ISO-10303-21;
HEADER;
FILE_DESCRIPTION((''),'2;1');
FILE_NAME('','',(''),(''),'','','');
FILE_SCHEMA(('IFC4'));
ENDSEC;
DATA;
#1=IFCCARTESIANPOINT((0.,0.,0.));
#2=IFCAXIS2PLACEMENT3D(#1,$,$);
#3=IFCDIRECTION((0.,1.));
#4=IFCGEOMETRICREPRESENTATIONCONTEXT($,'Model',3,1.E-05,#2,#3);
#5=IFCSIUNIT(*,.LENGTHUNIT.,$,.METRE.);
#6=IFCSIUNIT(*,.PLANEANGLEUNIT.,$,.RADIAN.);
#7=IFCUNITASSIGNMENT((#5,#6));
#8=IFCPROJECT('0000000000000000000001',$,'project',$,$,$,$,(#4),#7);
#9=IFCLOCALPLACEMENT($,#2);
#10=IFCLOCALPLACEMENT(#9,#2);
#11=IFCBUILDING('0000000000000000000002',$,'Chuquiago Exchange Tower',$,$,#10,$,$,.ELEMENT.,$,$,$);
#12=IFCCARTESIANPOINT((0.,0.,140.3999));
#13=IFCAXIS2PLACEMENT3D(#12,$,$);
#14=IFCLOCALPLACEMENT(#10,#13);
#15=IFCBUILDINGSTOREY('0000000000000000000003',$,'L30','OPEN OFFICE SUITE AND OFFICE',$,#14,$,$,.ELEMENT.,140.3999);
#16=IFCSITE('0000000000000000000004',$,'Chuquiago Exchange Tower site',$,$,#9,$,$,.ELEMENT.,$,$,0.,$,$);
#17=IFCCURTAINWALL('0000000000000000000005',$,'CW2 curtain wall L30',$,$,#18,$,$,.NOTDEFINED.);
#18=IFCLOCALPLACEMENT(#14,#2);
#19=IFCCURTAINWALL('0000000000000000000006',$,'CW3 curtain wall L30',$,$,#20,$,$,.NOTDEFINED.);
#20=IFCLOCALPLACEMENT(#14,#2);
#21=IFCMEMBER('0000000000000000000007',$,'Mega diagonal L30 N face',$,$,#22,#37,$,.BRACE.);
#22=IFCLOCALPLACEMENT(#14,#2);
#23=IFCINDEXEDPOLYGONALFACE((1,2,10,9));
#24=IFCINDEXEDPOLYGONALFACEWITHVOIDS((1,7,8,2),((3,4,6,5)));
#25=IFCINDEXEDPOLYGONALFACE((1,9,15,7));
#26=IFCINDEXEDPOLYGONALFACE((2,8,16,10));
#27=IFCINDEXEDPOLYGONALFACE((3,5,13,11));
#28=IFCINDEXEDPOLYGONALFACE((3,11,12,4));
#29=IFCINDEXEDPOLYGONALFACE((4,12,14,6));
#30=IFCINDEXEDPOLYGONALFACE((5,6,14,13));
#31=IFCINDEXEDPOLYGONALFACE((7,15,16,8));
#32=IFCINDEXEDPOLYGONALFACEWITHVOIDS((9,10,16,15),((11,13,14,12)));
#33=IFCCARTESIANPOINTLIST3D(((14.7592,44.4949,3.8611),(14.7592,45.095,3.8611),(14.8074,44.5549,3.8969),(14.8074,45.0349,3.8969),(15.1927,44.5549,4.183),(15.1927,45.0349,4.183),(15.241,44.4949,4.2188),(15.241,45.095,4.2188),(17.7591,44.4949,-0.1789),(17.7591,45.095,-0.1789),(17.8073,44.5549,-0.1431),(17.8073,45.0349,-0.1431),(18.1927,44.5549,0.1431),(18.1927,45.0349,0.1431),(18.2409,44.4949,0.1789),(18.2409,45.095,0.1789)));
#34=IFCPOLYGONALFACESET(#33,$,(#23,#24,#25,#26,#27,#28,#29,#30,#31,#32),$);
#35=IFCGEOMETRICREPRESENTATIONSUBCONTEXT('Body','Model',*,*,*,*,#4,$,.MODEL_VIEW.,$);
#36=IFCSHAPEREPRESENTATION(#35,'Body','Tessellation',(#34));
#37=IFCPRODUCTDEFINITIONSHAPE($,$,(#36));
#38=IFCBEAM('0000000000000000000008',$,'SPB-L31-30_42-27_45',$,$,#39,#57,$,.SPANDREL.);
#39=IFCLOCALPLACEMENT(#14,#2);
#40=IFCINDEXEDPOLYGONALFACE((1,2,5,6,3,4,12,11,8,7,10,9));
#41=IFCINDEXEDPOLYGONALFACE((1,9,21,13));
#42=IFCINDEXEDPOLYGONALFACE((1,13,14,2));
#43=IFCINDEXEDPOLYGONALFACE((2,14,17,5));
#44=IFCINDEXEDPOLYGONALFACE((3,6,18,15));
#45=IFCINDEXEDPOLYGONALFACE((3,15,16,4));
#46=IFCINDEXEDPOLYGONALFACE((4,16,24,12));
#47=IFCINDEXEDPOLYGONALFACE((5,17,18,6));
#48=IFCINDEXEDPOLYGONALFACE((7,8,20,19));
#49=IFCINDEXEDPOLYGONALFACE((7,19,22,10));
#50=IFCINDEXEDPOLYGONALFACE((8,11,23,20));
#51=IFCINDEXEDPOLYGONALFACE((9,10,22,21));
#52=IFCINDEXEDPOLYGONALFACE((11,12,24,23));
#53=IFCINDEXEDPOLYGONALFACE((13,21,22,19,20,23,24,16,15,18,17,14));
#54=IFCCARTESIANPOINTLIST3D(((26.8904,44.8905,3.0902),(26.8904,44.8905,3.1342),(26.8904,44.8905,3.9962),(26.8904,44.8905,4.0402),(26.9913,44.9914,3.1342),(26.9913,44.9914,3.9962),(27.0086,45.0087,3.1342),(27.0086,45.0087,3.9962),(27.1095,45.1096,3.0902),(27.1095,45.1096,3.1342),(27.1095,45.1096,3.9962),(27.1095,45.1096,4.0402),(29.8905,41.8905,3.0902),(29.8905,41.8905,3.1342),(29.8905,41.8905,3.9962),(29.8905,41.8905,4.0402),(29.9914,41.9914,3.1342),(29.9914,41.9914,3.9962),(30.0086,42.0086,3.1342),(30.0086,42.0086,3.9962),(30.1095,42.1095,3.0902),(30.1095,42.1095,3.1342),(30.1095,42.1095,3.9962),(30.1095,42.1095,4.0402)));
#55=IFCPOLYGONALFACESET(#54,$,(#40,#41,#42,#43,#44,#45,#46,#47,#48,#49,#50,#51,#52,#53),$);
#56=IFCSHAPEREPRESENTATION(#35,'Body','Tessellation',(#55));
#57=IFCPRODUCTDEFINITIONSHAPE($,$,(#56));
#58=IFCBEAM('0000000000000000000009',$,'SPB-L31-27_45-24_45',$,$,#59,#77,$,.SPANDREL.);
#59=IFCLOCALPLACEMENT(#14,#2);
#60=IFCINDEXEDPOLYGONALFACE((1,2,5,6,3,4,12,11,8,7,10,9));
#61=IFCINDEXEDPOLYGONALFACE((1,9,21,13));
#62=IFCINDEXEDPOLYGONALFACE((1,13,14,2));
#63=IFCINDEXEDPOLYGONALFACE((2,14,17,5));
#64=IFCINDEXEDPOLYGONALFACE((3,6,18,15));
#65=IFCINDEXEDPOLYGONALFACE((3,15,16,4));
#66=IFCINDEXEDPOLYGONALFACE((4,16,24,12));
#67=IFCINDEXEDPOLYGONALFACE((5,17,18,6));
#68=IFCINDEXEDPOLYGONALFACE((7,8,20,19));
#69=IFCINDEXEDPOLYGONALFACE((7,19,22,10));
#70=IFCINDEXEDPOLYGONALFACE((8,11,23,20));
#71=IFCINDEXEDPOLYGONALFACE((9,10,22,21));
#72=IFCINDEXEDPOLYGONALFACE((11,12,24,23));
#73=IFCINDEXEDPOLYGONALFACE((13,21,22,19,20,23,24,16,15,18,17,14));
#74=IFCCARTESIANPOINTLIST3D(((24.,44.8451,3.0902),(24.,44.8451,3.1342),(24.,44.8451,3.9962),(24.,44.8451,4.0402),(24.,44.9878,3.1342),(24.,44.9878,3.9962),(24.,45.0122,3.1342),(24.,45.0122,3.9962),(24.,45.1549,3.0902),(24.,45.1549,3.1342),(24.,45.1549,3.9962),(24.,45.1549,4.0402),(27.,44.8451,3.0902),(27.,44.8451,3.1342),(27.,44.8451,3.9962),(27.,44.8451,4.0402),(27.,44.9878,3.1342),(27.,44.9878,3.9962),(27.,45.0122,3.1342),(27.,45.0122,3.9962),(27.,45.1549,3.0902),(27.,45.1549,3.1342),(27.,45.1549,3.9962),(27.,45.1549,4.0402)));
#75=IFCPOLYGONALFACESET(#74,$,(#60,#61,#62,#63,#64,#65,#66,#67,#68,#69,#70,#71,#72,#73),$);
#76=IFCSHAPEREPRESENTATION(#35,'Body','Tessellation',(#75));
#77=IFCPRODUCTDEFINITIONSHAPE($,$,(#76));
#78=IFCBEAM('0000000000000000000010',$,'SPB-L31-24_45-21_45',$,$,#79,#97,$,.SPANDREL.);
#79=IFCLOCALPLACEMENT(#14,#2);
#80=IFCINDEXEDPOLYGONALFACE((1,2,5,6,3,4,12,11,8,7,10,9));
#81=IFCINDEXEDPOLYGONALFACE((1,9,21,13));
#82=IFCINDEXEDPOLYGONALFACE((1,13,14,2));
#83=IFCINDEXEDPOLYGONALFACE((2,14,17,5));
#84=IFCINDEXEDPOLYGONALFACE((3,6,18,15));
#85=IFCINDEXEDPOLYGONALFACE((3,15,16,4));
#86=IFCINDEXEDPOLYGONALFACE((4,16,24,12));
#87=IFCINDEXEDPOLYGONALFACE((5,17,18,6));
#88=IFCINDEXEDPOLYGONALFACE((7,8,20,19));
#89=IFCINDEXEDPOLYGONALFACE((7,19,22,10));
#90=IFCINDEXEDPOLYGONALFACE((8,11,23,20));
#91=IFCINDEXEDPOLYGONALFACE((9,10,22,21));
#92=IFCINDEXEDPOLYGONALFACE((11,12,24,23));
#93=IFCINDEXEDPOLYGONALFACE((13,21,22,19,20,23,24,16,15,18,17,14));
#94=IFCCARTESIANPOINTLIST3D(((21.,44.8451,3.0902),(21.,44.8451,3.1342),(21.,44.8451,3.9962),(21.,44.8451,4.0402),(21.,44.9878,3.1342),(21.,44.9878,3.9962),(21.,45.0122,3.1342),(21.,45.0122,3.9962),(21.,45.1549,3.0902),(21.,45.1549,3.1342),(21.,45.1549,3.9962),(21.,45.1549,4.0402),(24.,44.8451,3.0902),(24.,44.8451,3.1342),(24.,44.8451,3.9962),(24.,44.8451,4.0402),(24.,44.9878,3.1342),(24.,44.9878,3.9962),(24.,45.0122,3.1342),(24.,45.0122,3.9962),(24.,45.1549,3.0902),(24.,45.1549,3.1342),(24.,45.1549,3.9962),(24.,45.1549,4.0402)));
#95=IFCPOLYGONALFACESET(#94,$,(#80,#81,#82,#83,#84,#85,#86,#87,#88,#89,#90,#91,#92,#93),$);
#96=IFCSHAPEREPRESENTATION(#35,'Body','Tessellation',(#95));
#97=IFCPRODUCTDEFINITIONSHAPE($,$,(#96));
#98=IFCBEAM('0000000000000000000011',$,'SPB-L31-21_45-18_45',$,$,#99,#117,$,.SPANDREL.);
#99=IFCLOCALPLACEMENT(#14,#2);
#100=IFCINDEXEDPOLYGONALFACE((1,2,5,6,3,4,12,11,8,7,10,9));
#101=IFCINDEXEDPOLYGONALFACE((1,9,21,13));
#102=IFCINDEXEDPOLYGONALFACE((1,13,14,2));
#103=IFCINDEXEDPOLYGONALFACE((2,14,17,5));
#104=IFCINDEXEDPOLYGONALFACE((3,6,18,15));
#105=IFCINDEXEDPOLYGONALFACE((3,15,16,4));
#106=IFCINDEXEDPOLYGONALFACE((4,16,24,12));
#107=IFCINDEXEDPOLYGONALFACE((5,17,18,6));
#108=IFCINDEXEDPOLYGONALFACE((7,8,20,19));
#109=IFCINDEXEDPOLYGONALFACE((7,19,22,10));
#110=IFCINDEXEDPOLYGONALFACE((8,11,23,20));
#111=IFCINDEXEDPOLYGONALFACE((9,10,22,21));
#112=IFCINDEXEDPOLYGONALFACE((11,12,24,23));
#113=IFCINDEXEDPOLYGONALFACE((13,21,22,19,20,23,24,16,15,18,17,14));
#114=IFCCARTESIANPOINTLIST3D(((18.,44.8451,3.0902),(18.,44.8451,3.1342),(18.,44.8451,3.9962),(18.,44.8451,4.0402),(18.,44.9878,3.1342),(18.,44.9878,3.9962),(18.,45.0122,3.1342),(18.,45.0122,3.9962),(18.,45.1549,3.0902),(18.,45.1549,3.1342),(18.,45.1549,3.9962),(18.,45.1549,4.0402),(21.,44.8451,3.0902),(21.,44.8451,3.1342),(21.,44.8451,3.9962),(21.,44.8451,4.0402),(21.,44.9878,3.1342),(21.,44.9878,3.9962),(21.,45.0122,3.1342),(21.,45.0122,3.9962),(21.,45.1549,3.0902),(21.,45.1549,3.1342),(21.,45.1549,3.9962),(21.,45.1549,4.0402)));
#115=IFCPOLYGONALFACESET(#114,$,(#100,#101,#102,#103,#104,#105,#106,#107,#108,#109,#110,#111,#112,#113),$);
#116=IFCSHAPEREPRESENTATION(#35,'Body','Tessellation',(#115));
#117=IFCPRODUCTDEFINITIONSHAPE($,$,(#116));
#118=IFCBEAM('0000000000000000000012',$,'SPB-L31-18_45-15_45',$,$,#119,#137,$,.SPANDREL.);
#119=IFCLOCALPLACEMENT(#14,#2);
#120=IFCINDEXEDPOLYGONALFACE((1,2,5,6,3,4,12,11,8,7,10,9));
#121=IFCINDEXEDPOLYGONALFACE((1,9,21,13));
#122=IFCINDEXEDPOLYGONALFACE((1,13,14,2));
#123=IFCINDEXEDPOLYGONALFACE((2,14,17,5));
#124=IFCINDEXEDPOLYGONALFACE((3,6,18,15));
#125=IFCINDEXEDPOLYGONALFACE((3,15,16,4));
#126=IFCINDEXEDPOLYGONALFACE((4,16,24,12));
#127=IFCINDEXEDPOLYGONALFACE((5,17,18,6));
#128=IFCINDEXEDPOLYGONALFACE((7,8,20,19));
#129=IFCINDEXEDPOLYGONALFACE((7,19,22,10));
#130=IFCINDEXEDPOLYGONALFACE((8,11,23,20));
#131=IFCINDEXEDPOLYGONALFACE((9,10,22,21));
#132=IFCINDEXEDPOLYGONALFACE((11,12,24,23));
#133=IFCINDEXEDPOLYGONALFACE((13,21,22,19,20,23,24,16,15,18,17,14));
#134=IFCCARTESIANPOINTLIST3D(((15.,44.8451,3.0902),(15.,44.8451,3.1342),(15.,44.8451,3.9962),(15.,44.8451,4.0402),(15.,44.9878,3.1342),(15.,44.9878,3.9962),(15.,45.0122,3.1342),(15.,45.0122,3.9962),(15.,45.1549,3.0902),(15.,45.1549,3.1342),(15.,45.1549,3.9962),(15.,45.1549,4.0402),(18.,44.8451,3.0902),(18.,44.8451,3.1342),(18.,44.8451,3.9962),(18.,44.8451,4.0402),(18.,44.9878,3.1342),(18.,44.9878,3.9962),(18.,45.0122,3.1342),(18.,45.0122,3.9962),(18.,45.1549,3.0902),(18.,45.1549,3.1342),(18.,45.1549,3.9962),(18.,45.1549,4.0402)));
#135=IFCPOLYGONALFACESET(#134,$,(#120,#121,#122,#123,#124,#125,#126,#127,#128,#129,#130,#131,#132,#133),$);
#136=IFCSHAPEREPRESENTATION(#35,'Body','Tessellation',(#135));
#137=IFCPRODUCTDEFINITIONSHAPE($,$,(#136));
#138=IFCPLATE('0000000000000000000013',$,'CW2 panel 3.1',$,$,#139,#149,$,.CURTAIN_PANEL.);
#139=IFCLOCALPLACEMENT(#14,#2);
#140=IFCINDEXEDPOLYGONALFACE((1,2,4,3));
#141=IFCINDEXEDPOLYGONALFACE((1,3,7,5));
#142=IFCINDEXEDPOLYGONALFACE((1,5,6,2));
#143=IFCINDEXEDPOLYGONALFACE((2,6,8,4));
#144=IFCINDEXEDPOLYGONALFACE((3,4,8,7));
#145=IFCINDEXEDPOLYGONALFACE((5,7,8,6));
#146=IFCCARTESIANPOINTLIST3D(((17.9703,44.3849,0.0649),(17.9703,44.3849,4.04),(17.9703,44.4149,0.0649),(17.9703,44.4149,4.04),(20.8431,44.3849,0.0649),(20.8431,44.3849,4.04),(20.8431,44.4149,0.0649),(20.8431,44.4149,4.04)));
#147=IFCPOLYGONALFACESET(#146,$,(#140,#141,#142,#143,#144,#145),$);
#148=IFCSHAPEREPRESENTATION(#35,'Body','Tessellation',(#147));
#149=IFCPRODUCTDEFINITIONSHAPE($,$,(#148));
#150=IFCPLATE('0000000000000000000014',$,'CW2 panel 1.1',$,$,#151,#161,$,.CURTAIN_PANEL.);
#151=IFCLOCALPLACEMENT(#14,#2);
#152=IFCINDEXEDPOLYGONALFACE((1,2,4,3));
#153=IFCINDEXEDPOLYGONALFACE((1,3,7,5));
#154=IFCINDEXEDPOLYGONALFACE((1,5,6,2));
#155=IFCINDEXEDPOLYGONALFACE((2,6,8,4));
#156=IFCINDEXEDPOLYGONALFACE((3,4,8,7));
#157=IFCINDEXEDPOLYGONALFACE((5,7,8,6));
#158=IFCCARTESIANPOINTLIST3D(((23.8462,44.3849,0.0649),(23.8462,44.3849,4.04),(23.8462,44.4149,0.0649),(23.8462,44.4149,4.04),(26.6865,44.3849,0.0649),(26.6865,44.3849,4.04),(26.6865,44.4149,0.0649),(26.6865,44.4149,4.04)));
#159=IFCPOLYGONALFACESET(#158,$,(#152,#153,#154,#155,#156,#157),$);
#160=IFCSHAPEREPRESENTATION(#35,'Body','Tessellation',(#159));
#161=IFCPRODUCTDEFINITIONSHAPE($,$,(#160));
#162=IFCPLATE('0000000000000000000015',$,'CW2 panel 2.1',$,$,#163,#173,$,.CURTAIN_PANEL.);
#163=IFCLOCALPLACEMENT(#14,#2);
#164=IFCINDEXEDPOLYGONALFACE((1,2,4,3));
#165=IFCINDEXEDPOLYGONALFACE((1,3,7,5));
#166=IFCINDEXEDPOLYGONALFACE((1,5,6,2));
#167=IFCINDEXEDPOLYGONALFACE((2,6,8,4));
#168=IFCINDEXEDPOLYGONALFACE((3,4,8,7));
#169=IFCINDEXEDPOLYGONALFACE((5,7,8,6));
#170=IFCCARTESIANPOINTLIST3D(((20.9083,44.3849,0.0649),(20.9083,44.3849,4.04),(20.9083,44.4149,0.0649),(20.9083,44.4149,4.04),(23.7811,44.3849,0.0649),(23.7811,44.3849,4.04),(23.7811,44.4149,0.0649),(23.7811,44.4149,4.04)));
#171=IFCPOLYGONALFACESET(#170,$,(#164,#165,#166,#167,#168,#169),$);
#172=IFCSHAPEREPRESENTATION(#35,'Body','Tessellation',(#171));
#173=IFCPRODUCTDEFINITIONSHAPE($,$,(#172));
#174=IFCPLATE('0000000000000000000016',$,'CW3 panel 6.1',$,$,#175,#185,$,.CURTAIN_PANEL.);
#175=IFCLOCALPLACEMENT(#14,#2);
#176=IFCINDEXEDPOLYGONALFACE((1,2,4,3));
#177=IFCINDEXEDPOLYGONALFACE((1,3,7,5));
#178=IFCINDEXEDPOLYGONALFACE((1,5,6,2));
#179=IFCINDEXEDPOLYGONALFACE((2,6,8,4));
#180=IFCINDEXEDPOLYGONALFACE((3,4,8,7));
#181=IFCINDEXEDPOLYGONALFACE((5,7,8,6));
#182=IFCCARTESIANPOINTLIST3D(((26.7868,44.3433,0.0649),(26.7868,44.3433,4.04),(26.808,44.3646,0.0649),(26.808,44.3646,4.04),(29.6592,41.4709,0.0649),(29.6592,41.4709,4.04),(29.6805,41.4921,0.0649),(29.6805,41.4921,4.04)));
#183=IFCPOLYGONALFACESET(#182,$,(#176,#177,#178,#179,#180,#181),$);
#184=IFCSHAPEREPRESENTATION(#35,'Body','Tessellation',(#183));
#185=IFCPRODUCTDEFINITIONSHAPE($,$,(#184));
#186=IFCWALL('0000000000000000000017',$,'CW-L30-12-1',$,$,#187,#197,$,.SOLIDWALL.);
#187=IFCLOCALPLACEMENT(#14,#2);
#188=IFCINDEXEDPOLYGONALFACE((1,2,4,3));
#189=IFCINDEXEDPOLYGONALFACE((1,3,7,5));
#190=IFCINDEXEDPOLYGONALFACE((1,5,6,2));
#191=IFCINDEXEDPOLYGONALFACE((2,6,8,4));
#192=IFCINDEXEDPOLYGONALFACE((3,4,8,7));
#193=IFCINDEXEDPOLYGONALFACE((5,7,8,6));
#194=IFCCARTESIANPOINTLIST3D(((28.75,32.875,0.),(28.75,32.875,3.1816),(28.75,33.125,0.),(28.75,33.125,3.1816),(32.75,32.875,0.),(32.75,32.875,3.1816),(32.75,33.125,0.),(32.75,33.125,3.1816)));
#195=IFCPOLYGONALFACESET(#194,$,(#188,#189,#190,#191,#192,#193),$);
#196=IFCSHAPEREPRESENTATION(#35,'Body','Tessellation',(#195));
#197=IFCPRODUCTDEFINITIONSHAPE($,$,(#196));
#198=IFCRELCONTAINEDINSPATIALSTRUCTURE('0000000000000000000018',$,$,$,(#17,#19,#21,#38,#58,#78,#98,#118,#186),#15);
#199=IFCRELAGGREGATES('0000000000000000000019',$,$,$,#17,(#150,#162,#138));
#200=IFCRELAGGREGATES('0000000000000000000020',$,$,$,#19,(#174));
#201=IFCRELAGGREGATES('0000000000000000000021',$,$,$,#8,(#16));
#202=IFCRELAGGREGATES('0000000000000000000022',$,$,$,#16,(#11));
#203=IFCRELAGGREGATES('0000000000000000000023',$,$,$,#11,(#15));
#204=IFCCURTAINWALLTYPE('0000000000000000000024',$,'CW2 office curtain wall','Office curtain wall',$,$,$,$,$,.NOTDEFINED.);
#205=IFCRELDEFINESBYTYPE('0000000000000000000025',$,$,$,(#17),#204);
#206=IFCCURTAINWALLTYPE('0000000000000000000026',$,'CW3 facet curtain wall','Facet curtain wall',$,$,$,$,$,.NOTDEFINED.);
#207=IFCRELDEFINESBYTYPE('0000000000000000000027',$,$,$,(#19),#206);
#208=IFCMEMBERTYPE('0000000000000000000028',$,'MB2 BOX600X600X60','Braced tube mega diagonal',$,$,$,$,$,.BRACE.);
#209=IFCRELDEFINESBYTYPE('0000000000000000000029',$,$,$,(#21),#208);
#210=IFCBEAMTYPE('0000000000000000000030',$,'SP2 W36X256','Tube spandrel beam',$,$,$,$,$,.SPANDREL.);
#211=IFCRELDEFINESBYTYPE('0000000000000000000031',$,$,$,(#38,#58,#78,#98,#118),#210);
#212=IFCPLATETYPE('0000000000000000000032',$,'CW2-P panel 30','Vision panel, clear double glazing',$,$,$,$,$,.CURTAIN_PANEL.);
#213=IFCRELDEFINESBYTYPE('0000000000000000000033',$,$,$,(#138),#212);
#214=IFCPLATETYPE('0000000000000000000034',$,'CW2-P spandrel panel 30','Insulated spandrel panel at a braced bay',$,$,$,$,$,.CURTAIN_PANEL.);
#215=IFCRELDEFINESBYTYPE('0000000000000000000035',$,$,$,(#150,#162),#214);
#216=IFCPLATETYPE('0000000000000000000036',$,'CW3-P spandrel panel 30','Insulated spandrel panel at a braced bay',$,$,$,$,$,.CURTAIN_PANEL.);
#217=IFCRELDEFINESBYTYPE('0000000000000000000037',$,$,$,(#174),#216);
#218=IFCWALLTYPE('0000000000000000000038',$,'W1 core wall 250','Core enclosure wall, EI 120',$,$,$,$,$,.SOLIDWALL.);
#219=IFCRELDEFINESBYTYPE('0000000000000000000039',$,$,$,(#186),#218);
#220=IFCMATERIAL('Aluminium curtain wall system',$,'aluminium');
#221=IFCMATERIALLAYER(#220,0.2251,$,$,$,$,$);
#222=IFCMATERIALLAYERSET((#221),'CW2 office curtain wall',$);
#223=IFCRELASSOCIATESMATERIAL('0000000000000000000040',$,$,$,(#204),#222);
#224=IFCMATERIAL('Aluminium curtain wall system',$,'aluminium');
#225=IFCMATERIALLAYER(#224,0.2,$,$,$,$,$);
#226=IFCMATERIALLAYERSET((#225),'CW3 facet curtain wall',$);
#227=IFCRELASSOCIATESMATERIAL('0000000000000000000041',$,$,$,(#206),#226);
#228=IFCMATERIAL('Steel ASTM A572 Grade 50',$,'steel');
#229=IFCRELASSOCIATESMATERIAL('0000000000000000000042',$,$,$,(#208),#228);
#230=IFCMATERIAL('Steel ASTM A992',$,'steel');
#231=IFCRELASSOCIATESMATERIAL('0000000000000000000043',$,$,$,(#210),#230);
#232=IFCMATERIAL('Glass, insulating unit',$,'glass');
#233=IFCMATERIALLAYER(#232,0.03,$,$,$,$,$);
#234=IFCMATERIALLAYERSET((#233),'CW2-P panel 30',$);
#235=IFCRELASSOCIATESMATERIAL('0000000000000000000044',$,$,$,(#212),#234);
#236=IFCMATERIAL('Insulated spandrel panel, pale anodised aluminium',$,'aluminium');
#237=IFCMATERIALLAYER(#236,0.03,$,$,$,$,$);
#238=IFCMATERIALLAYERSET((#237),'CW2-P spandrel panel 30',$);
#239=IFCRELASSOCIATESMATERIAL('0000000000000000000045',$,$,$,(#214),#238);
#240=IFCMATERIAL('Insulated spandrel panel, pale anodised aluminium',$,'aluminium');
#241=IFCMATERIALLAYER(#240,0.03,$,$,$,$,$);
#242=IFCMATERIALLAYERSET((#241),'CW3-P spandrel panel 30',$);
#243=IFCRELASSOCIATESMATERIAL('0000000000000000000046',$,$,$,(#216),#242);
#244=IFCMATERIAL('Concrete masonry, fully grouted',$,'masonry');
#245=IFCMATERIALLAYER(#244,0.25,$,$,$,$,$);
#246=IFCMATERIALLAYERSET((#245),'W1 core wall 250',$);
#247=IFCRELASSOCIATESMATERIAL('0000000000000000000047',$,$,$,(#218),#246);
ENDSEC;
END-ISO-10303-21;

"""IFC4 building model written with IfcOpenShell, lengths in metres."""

from ifc_helpers import new_model, si_unit, direction, frame, frame_2d, origin, origin_2d, place, context, subcontext, project, spatial, rectangle, hollow_rectangle, i_section, extrude, material, layer, layer_set, material_profile, profile_set, type_object, element, aggregate, save


model = new_model("IFC4")

# Units and contexts
model_context = context("Model", 3, precision=1e-05, world=origin(), true_north=direction((0.0, 1.0)))
body_context = subcontext(model_context, "Body", "Model", "MODEL_VIEW")
ifc_project = project(units=[si_unit("LENGTHUNIT", "METRE"), si_unit("PLANEANGLEUNIT", "RADIAN")], contexts=[model_context])

# Site, building, storey
site_placement = place(None, origin())
site = spatial("IfcSite", under=ifc_project, at=site_placement, Name="Chuquiago Exchange Tower site", CompositionType="ELEMENT", RefElevation=0.0)
building_placement = place(site_placement, origin())
building = spatial("IfcBuilding", under=site, at=building_placement, Name="Chuquiago Exchange Tower", CompositionType="ELEMENT")
storey_placement = place(building_placement, frame((0.0, 0.0, 140.3999)))
storey = spatial("IfcBuildingStorey", under=building, at=storey_placement, Name="L30", Description="OPEN OFFICE SUITE AND OFFICE", CompositionType="ELEMENT", Elevation=140.3999)

# Curtain walls
ifc_material_1 = material(Name="Aluminium curtain wall system", Category="aluminium")
ifc_layer_1 = layer(ifc_material_1, 0.2251)
ifc_layer_set_1 = layer_set([ifc_layer_1], Name="CW2 office curtain wall")
curtain_wall_type_1 = type_object("IfcCurtainWallType", Name="CW2 office curtain wall", Description="Office curtain wall", PredefinedType="NOTDEFINED", material=ifc_layer_set_1)
curtain_wall_1_placement = place(storey_placement, origin())
curtain_wall_1 = element("IfcCurtainWall", 1, at=curtain_wall_1_placement, inside=storey, type_object=curtain_wall_type_1, Name="CW2 curtain wall L30", PredefinedType="NOTDEFINED")
ifc_material_2 = material(Name="Aluminium curtain wall system", Category="aluminium")
ifc_layer_2 = layer(ifc_material_2, 0.2)
ifc_layer_set_2 = layer_set([ifc_layer_2], Name="CW3 facet curtain wall")
curtain_wall_type_2 = type_object("IfcCurtainWallType", Name="CW3 facet curtain wall", Description="Facet curtain wall", PredefinedType="NOTDEFINED", material=ifc_layer_set_2)
curtain_wall_2_placement = place(storey_placement, origin())
curtain_wall_2 = element("IfcCurtainWall", 2, at=curtain_wall_2_placement, inside=storey, type_object=curtain_wall_type_2, Name="CW3 curtain wall L30", PredefinedType="NOTDEFINED")

# Member
ifc_material_3 = material(Name="Steel ASTM A572 Grade 50", Category="steel")
ifc_material_profile_1 = material_profile(ifc_material_3, hollow_rectangle(XDim=0.6001, YDim=0.6001, WallThickness=0.0601, at=origin_2d()), Name="BOX600X600X60")
ifc_profile_set_1 = profile_set([ifc_material_profile_1], Name="Steel ASTM A572 Grade 50")
member_type_1 = type_object("IfcMemberType", Name="MB2 BOX600X600X60", Description="Braced tube mega diagonal", PredefinedType="BRACE", material=ifc_profile_set_1)
for number, where, z_axis, x_axis, name in (
    (3, (18.0, 44.7949, 0.0), (-0.596174, 0.0, 0.802855), (0.0, -1.0, 0.0), "Mega diagonal L30 N face"),
):
    element("IfcMember", number, at=place(storey_placement, frame(where, z_axis=z_axis, x_axis=x_axis)), inside=storey, type_object=member_type_1, Name=name, PredefinedType="BRACE", context=body_context, shape_type="SweptSolid", body=[
        extrude(hollow_rectangle(XDim=0.6001, YDim=0.6001, WallThickness=0.0601, at=origin_2d()), origin(), (0.0, 0.0, 1.0), 5.032),
    ])

# Beams
ifc_material_4 = material(Name="Steel ASTM A992", Category="steel")
ifc_material_profile_2 = material_profile(ifc_material_4, i_section(OverallWidth=0.3098, OverallDepth=0.95, WebThickness=0.0244, FlangeThickness=0.0439, at=origin_2d()), Name="W36X256")
ifc_profile_set_2 = profile_set([ifc_material_profile_2], Name="Steel ASTM A992")
beam_type_1 = type_object("IfcBeamType", Name="SP2 W36X256", Description="Tube spandrel beam", PredefinedType="SPANDREL", material=ifc_profile_set_2)
beam_1_placement = place(storey_placement, frame((30.0, 42.0, 3.5652), z_axis=(-0.707107, 0.707107, 0.0), x_axis=(-0.707107, -0.707107, 0.0)))
element("IfcBeam", 4, at=beam_1_placement, inside=storey, type_object=beam_type_1, Name="SPB-L31-30_42-27_45", PredefinedType="SPANDREL", context=body_context, shape_type="SweptSolid", body=[
    extrude(i_section(OverallWidth=0.3098, OverallDepth=0.95, WebThickness=0.0244, FlangeThickness=0.0439, at=origin_2d()), origin(), (0.0, 0.0, 1.0), 4.2427),
])
for number, where, z_axis, x_axis, name in (
    (5, (27.0, 45.0, 3.5652), (-1.0, 0.0, 0.0), (0.0, -1.0, 0.0), "SPB-L31-27_45-24_45"),
    (6, (24.0, 45.0, 3.5652), (-1.0, 0.0, 0.0), (0.0, -1.0, 0.0), "SPB-L31-24_45-21_45"),
    (7, (21.0, 45.0, 3.5652), (-1.0, 0.0, 0.0), (0.0, -1.0, 0.0), "SPB-L31-21_45-18_45"),
    (8, (18.0, 45.0, 3.5652), (-1.0, 0.0, 0.0), (0.0, -1.0, 0.0), "SPB-L31-18_45-15_45"),
):
    element("IfcBeam", number, at=place(storey_placement, frame(where, z_axis=z_axis, x_axis=x_axis)), inside=storey, type_object=beam_type_1, Name=name, PredefinedType="SPANDREL", context=body_context, shape_type="SweptSolid", body=[
        extrude(i_section(OverallWidth=0.3098, OverallDepth=0.95, WebThickness=0.0244, FlangeThickness=0.0439, at=origin_2d()), origin(), (0.0, 0.0, 1.0), 3.0),
    ])

# Plates
ifc_material_5 = material(Name="Glass, insulating unit", Category="glass")
ifc_layer_3 = layer(ifc_material_5, 0.03)
ifc_layer_set_3 = layer_set([ifc_layer_3], Name="CW2-P panel 30")
plate_type_1 = type_object("IfcPlateType", Name="CW2-P panel 30", Description="Vision panel, clear double glazing", PredefinedType="CURTAIN_PANEL", material=ifc_layer_set_3)
plate_1_placement = place(storey_placement, frame((19.4067, 44.3999, 0.0649), z_axis=(0.0, 0.0, 1.0), x_axis=(-1.0, 0.0, 0.0)))
plate_1 = element("IfcPlate", 9, at=plate_1_placement, type_object=plate_type_1, Name="CW2 panel 3.1", PredefinedType="CURTAIN_PANEL", context=body_context, shape_type="SweptSolid", body=[
    extrude(rectangle(XDim=2.8728, YDim=0.03, at=origin_2d()), origin(), (0.0, 0.0, 1.0), 3.9751),
])
ifc_material_6 = material(Name="Insulated spandrel panel, pale anodised aluminium", Category="aluminium")
ifc_layer_4 = layer(ifc_material_6, 0.03)
ifc_layer_set_4 = layer_set([ifc_layer_4], Name="CW2-P spandrel panel 30")
plate_type_2 = type_object("IfcPlateType", Name="CW2-P spandrel panel 30", Description="Insulated spandrel panel at a braced bay", PredefinedType="CURTAIN_PANEL", material=ifc_layer_set_4)
plate_2_placement = place(storey_placement, frame((25.2664, 44.3999, 0.0649), z_axis=(0.0, 0.0, 1.0), x_axis=(-1.0, 0.0, 0.0)))
plate_2 = element("IfcPlate", 10, at=plate_2_placement, type_object=plate_type_2, Name="CW2 panel 1.1", PredefinedType="CURTAIN_PANEL", context=body_context, shape_type="SweptSolid", body=[
    extrude(rectangle(XDim=2.8403, YDim=0.03, at=origin_2d()), origin(), (0.0, 0.0, 1.0), 3.9751),
])
plate_3_placement = place(storey_placement, frame((22.3447, 44.3999, 0.0649), z_axis=(0.0, 0.0, 1.0), x_axis=(-1.0, 0.0, 0.0)))
plate_3 = element("IfcPlate", 11, at=plate_3_placement, type_object=plate_type_2, Name="CW2 panel 2.1", PredefinedType="CURTAIN_PANEL", context=body_context, shape_type="SweptSolid", body=[
    extrude(rectangle(XDim=2.8728, YDim=0.03, at=origin_2d()), origin(), (0.0, 0.0, 1.0), 3.9751),
])
aggregate(curtain_wall_1, [plate_2, plate_3, plate_1])
ifc_material_7 = material(Name="Insulated spandrel panel, pale anodised aluminium", Category="aluminium")
ifc_layer_5 = layer(ifc_material_7, 0.03)
ifc_layer_set_5 = layer_set([ifc_layer_5], Name="CW3-P spandrel panel 30")
plate_type_3 = type_object("IfcPlateType", Name="CW3-P spandrel panel 30", Description="Insulated spandrel panel at a braced bay", PredefinedType="CURTAIN_PANEL", material=ifc_layer_set_5)
plate_4_placement = place(storey_placement, frame((28.2336, 42.9177, 0.0649), z_axis=(0.0, 0.0, 1.0), x_axis=(-0.707107, 0.707107, 0.0)))
plate_4 = element("IfcPlate", 12, at=plate_4_placement, type_object=plate_type_3, Name="CW3 panel 6.1", PredefinedType="CURTAIN_PANEL", context=body_context, shape_type="SweptSolid", body=[
    extrude(rectangle(XDim=4.0623, YDim=0.03, at=origin_2d()), origin(), (0.0, 0.0, 1.0), 3.9751),
])
aggregate(curtain_wall_2, [plate_4])

# Wall
ifc_material_8 = material(Name="Concrete masonry, fully grouted", Category="masonry")
ifc_layer_6 = layer(ifc_material_8, 0.25)
ifc_layer_set_6 = layer_set([ifc_layer_6], Name="W1 core wall 250")
wall_type_1 = type_object("IfcWallType", Name="W1 core wall 250", Description="Core enclosure wall, EI 120", PredefinedType="SOLIDWALL", material=ifc_layer_set_6)
wall_1_placement = place(storey_placement, frame((28.75, 33.0, 0.0), z_axis=(0.0, 0.0, 1.0), x_axis=(1.0, 0.0, 0.0)))
element("IfcWall", 13, at=wall_1_placement, inside=storey, type_object=wall_type_1, Name="CW-L30-12-1", PredefinedType="SOLIDWALL", context=body_context, shape_type="SweptSolid", body=[
    extrude(rectangle(XDim=4.0, YDim=0.25, at=frame_2d((2.0, 0.0))), origin(), (0.0, 0.0, 1.0), 3.1816),
])

save(model, "model.ifc")
